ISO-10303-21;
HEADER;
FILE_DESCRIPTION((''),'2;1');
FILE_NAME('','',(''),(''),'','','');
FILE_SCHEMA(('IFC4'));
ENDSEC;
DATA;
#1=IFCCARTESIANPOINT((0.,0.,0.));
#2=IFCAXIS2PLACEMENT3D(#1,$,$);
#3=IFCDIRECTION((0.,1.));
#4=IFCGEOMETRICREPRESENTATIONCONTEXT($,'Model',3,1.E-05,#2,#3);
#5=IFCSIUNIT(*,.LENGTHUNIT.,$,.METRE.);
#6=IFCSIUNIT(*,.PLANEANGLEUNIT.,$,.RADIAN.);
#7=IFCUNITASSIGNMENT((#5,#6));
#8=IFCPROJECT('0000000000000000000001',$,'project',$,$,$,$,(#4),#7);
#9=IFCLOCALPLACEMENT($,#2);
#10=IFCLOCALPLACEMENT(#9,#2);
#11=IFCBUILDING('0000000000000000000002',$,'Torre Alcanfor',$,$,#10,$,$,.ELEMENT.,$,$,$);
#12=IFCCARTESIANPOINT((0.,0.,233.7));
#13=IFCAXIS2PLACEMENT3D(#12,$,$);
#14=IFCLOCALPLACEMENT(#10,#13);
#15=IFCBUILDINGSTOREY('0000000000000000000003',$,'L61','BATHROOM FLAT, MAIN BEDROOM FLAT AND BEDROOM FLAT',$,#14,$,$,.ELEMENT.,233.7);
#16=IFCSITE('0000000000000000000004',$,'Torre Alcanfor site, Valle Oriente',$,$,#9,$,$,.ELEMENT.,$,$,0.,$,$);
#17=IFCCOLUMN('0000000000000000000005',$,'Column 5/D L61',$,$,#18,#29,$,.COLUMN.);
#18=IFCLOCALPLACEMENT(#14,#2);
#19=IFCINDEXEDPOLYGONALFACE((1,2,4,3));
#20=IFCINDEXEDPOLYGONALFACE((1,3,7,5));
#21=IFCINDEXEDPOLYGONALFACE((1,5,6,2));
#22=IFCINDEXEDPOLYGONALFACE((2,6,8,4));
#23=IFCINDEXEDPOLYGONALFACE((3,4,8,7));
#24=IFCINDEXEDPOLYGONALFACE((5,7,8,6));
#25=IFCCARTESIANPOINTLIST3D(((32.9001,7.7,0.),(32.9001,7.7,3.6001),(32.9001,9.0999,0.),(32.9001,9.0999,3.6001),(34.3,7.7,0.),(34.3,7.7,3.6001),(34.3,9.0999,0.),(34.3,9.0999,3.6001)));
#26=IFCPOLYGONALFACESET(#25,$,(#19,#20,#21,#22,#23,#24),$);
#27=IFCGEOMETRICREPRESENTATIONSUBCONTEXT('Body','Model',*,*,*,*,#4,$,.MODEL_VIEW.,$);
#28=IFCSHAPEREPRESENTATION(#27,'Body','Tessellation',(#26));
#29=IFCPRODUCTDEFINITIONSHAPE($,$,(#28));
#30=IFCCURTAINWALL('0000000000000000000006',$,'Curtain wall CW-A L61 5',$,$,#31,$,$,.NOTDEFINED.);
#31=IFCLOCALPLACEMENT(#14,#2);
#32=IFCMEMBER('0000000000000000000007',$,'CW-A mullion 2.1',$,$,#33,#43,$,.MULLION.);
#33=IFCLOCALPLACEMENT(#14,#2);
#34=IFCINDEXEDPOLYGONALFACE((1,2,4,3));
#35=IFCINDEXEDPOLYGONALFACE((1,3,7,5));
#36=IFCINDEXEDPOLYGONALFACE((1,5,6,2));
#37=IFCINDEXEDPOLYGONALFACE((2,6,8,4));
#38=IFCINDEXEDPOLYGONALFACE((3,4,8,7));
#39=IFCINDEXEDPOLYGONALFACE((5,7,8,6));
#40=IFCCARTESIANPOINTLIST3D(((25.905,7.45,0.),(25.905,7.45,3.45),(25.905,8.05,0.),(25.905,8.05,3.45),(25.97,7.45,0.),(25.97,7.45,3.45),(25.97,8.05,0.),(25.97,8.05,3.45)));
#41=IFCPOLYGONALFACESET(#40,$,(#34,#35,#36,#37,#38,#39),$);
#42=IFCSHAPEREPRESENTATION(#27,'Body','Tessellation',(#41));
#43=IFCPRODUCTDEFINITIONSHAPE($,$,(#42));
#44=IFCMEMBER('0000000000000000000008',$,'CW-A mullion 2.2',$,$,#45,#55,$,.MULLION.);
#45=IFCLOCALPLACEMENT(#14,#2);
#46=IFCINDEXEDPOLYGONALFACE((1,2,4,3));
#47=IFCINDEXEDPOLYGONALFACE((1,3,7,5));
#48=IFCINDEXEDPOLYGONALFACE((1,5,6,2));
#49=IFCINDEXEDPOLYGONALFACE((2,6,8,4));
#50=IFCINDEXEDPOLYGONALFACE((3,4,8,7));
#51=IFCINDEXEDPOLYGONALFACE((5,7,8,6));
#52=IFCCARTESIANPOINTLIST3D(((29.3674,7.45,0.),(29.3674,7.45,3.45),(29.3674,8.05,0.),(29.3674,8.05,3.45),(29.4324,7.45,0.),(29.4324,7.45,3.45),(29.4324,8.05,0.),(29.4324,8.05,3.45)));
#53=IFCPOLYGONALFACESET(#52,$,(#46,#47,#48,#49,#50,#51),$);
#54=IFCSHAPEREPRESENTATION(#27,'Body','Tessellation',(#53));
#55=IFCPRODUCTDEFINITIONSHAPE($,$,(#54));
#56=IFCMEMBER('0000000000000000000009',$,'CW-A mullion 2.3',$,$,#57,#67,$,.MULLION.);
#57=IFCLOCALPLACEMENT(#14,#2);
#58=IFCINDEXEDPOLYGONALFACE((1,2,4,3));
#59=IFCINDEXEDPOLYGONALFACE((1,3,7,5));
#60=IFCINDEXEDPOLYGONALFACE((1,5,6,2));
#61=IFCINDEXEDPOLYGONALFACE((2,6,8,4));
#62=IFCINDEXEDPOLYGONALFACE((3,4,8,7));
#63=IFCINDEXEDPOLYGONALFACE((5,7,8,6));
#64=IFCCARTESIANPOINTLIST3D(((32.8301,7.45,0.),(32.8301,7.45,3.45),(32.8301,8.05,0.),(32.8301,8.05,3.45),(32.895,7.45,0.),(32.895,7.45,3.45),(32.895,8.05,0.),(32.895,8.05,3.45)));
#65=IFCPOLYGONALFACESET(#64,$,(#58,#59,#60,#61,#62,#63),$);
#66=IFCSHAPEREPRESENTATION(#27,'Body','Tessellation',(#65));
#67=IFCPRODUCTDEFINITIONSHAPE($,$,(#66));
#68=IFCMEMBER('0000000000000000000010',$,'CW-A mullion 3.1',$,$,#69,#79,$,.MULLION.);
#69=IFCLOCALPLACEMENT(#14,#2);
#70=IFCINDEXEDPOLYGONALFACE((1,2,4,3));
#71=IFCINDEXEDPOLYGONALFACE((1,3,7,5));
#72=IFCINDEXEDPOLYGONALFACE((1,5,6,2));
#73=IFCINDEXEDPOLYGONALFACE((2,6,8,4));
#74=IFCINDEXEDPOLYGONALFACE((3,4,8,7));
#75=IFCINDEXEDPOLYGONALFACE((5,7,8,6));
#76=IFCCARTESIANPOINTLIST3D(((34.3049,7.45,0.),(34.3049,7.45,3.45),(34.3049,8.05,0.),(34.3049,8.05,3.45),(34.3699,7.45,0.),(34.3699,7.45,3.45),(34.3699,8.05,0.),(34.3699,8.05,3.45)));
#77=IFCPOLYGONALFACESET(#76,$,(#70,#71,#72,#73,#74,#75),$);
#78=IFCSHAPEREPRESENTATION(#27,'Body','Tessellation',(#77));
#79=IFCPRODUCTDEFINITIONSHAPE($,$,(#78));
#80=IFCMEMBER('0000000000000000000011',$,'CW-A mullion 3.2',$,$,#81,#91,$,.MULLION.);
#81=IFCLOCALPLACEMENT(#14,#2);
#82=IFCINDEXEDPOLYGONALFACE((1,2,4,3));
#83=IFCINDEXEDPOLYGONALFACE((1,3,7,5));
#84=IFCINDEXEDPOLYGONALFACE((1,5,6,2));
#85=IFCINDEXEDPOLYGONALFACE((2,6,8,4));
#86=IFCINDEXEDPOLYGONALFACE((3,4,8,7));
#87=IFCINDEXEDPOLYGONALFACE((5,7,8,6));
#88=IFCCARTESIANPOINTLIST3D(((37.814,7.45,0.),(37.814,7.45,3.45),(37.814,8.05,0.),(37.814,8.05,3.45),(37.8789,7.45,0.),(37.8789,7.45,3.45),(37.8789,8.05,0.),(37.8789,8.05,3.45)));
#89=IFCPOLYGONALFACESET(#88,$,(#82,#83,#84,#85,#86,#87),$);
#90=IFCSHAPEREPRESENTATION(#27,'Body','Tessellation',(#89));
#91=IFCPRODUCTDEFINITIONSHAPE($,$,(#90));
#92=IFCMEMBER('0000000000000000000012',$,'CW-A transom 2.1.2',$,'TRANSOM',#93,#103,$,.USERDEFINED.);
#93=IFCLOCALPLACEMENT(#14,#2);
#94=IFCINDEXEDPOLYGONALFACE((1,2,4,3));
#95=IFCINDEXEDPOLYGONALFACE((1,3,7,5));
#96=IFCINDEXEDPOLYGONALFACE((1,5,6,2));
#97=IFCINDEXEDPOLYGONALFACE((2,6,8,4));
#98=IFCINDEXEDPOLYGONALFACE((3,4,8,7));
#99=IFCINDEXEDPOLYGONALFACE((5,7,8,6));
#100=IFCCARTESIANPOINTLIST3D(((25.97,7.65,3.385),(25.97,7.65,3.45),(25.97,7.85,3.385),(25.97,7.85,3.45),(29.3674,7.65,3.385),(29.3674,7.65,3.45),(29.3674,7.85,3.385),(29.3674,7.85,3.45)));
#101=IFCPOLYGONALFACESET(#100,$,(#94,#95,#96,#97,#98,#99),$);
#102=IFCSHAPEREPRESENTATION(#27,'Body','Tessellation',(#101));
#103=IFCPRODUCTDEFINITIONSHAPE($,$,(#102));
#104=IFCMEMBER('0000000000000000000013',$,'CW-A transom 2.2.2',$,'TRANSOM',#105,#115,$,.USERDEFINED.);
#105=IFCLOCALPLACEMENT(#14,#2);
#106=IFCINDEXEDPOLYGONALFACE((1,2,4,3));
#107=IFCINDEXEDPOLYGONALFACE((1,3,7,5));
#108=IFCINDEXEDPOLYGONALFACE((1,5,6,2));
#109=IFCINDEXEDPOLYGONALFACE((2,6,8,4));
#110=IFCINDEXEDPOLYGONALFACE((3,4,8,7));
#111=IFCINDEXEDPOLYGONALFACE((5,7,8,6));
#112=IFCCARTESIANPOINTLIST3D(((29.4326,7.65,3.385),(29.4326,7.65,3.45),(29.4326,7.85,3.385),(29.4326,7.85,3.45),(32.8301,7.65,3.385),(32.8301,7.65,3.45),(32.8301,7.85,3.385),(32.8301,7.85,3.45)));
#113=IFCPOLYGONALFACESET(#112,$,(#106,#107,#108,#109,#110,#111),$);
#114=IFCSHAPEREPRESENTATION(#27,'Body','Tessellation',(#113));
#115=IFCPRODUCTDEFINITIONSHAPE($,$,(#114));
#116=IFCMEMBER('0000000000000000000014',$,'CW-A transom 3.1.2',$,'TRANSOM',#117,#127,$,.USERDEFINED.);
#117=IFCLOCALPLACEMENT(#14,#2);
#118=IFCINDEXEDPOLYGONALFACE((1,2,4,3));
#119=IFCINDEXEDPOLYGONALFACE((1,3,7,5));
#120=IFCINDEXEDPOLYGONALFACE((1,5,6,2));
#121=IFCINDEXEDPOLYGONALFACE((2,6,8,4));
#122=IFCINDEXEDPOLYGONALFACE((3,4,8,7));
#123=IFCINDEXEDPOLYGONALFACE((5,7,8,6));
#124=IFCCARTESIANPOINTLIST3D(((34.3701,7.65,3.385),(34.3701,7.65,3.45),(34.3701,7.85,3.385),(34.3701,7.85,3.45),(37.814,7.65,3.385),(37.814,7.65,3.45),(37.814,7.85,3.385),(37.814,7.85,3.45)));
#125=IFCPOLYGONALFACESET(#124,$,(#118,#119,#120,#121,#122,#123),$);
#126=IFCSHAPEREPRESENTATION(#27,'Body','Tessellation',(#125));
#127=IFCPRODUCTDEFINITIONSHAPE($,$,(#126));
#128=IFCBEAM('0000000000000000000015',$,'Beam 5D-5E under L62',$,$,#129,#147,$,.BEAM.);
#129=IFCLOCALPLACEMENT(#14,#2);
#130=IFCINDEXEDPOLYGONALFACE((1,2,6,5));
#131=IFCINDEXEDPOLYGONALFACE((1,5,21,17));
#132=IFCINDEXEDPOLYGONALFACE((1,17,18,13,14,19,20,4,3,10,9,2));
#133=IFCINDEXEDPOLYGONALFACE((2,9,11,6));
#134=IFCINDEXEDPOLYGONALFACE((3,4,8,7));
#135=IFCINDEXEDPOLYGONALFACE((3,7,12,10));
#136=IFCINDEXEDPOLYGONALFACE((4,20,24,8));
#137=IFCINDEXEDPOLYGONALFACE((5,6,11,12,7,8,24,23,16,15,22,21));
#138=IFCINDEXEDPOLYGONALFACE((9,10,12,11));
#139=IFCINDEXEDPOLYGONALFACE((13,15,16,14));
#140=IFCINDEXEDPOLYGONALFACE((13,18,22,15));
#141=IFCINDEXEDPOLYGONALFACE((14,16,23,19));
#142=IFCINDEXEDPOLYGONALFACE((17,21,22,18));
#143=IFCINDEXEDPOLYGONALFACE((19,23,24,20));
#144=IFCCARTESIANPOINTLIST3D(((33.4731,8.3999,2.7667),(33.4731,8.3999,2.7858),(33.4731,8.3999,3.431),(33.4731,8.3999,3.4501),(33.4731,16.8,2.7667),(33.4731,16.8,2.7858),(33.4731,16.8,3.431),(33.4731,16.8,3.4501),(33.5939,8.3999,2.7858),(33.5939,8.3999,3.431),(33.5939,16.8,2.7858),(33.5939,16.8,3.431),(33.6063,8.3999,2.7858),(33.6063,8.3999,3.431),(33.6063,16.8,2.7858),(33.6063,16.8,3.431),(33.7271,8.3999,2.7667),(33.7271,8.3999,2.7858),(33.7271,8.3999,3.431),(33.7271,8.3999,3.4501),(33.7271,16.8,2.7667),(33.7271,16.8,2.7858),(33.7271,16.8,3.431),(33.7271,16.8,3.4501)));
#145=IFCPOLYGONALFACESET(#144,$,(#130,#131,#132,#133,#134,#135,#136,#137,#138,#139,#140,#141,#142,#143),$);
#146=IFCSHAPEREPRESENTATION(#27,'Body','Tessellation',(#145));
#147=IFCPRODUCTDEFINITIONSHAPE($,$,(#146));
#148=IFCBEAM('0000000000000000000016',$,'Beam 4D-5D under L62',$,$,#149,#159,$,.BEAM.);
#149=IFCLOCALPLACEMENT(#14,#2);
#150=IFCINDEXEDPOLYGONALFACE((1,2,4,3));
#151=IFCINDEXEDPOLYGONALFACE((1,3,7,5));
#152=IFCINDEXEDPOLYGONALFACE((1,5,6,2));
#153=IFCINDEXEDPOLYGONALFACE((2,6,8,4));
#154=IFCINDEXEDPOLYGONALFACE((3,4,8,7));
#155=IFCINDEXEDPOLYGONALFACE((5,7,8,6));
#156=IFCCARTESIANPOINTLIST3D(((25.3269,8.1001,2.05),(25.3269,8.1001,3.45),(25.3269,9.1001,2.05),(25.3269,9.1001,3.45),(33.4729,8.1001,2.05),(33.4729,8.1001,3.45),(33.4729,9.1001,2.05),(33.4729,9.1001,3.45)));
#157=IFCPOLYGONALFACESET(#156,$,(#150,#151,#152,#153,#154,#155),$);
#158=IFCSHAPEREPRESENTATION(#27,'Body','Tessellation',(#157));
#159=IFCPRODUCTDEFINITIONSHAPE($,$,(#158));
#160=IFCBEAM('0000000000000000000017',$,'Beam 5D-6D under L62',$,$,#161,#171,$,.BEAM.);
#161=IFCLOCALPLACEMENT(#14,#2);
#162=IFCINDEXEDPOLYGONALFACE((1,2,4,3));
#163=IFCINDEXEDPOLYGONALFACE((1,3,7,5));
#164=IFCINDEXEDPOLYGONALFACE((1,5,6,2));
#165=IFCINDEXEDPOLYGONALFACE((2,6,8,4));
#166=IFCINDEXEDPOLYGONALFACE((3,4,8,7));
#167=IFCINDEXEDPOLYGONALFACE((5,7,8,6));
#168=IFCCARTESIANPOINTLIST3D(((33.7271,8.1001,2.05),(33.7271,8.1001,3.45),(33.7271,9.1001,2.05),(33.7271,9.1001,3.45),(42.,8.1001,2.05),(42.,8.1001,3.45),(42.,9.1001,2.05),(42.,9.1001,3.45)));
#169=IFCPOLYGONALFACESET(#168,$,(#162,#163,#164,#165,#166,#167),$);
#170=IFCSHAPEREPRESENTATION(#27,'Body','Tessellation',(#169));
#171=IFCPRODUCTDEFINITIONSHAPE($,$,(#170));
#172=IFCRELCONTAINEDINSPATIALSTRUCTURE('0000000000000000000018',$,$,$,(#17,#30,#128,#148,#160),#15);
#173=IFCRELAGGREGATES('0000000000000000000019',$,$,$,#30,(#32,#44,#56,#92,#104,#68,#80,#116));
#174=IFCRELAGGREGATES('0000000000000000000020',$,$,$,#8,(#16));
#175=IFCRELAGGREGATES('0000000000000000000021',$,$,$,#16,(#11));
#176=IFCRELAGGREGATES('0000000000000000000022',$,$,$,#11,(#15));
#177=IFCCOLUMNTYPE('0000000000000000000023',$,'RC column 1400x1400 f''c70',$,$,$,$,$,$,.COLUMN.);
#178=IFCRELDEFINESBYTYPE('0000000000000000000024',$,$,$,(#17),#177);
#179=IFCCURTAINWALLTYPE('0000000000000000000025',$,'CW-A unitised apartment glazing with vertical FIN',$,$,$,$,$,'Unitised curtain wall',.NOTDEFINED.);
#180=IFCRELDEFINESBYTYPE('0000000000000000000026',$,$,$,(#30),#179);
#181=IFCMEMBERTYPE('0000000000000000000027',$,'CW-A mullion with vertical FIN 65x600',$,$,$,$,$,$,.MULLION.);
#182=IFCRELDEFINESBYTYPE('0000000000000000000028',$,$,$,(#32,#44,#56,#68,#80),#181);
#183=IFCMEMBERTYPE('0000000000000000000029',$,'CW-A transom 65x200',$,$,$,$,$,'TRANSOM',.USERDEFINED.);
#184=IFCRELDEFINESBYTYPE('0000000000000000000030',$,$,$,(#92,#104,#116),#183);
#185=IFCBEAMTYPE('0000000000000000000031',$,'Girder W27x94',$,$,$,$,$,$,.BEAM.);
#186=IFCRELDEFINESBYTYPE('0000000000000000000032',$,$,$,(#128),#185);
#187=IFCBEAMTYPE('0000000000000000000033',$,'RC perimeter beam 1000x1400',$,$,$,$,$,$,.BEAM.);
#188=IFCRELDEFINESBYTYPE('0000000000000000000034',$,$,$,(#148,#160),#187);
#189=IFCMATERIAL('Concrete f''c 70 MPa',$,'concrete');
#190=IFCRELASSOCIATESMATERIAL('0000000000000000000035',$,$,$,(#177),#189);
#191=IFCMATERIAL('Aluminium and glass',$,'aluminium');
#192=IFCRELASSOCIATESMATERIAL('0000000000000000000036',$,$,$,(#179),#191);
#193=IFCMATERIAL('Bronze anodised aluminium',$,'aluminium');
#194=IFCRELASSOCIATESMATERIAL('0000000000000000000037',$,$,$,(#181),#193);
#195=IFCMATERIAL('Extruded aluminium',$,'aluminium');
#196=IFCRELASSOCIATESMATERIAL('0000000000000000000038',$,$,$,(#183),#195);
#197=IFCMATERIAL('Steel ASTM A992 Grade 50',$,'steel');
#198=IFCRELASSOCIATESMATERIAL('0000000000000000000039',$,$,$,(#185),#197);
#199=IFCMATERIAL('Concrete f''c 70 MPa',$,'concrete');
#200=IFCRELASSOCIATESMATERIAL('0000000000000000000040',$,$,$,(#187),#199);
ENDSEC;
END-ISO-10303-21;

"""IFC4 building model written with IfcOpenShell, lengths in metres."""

from ifc_helpers import new_model, si_unit, direction, frame, origin, origin_2d, place, context, subcontext, project, spatial, rectangle, i_section, extrude, material, material_profile, profile_set, type_object, element, aggregate, save


model = new_model("IFC4")

# Units and contexts
model_context = context("Model", 3, precision=1e-05, world=origin(), true_north=direction((0.0, 1.0)))
body_context = subcontext(model_context, "Body", "Model", "MODEL_VIEW")
ifc_project = project(units=[si_unit("LENGTHUNIT", "METRE"), si_unit("PLANEANGLEUNIT", "RADIAN")], contexts=[model_context])

# Site, building, storey
site_placement = place(None, origin())
site = spatial("IfcSite", under=ifc_project, at=site_placement, Name="Torre Alcanfor site, Valle Oriente", CompositionType="ELEMENT", RefElevation=0.0)
building_placement = place(site_placement, origin())
building = spatial("IfcBuilding", under=site, at=building_placement, Name="Torre Alcanfor", CompositionType="ELEMENT")
storey_placement = place(building_placement, frame((0.0, 0.0, 233.7)))
storey = spatial("IfcBuildingStorey", under=building, at=storey_placement, Name="L61", Description="BATHROOM FLAT, MAIN BEDROOM FLAT AND BEDROOM FLAT", CompositionType="ELEMENT", Elevation=233.7)

# Column
ifc_material_1 = material(Name="Concrete f'c 70 MPa", Category="concrete")
ifc_material_profile_1 = material_profile(ifc_material_1, rectangle(XDim=1.3999, YDim=1.3999, at=origin_2d()), Name="1400x1400")
ifc_profile_set_1 = profile_set([ifc_material_profile_1], Name="Concrete f'c 70 MPa")
column_type = type_object("IfcColumnType", Name="RC column 1400x1400 f'c70", PredefinedType="COLUMN", material=ifc_profile_set_1)
column_placement = place(storey_placement, frame((33.6001, 8.3999, 0.0), z_axis=(0.0, 0.0, 1.0), x_axis=(1.0, 0.0, 0.0)))
element("IfcColumn", 1, at=column_placement, inside=storey, type_object=column_type, Name="Column 5/D L61", PredefinedType="COLUMN", context=body_context, shape_type="SweptSolid", body=[
    extrude(rectangle(XDim=1.3999, YDim=1.3999, at=origin_2d()), origin(), (0.0, 0.0, 1.0), 3.6001),
])

# Curtain wall, members
ifc_material_2 = material(Name="Aluminium and glass", Category="aluminium")
curtain_wall_type = type_object("IfcCurtainWallType", Name="CW-A unitised apartment glazing with vertical FIN", ElementType="Unitised curtain wall", PredefinedType="NOTDEFINED", material=ifc_material_2)
curtain_wall_placement = place(storey_placement, origin())
curtain_wall = element("IfcCurtainWall", 2, at=curtain_wall_placement, inside=storey, type_object=curtain_wall_type, Name="Curtain wall CW-A L61 5", PredefinedType="NOTDEFINED")
ifc_material_3 = material(Name="Bronze anodised aluminium", Category="aluminium")
ifc_material_profile_2 = material_profile(ifc_material_3, rectangle(XDim=0.6001, YDim=0.0649, at=origin_2d()), Name="CW-A mullion 65x600")
ifc_profile_set_2 = profile_set([ifc_material_profile_2], Name="Bronze anodised aluminium")
member_type_1 = type_object("IfcMemberType", Name="CW-A mullion with vertical FIN 65x600", PredefinedType="MULLION", material=ifc_profile_set_2)
member_1_placement = place(storey_placement, frame((25.9375, 7.75, 0.0), z_axis=(0.0, 0.0, 1.0), x_axis=(0.0, 1.0, 0.0)))
member_1 = element("IfcMember", 3, at=member_1_placement, type_object=member_type_1, Name="CW-A mullion 2.1", PredefinedType="MULLION", context=body_context, shape_type="SweptSolid", body=[
    extrude(rectangle(XDim=0.6001, YDim=0.0649, at=origin_2d()), origin(), (0.0, 0.0, 1.0), 3.45),
])
member_2_placement = place(storey_placement, frame((29.3999, 7.75, 0.0), z_axis=(0.0, 0.0, 1.0), x_axis=(0.0, 1.0, 0.0)))
member_2 = element("IfcMember", 4, at=member_2_placement, type_object=member_type_1, Name="CW-A mullion 2.2", PredefinedType="MULLION", context=body_context, shape_type="SweptSolid", body=[
    extrude(rectangle(XDim=0.6001, YDim=0.0649, at=origin_2d()), origin(), (0.0, 0.0, 1.0), 3.45),
])
member_3_placement = place(storey_placement, frame((32.8625, 7.75, 0.0), z_axis=(0.0, 0.0, 1.0), x_axis=(0.0, 1.0, 0.0)))
member_3 = element("IfcMember", 5, at=member_3_placement, type_object=member_type_1, Name="CW-A mullion 2.3", PredefinedType="MULLION", context=body_context, shape_type="SweptSolid", body=[
    extrude(rectangle(XDim=0.6001, YDim=0.0649, at=origin_2d()), origin(), (0.0, 0.0, 1.0), 3.45),
])
member_4_placement = place(storey_placement, frame((34.3374, 7.75, 0.0), z_axis=(0.0, 0.0, 1.0), x_axis=(0.0, 1.0, 0.0)))
member_4 = element("IfcMember", 6, at=member_4_placement, type_object=member_type_1, Name="CW-A mullion 3.1", PredefinedType="MULLION", context=body_context, shape_type="SweptSolid", body=[
    extrude(rectangle(XDim=0.6001, YDim=0.0649, at=origin_2d()), origin(), (0.0, 0.0, 1.0), 3.45),
])
member_5_placement = place(storey_placement, frame((37.8464, 7.75, 0.0), z_axis=(0.0, 0.0, 1.0), x_axis=(0.0, 1.0, 0.0)))
member_5 = element("IfcMember", 7, at=member_5_placement, type_object=member_type_1, Name="CW-A mullion 3.2", PredefinedType="MULLION", context=body_context, shape_type="SweptSolid", body=[
    extrude(rectangle(XDim=0.6001, YDim=0.0649, at=origin_2d()), origin(), (0.0, 0.0, 1.0), 3.45),
])
ifc_material_4 = material(Name="Extruded aluminium", Category="aluminium")
ifc_material_profile_3 = material_profile(ifc_material_4, rectangle(XDim=0.2, YDim=0.0649, at=origin_2d()), Name="CW-A transom 200x65")
ifc_profile_set_3 = profile_set([ifc_material_profile_3], Name="Extruded aluminium")
member_type_2 = type_object("IfcMemberType", Name="CW-A transom 65x200", ElementType="TRANSOM", PredefinedType="USERDEFINED", material=ifc_profile_set_3)
member_6_placement = place(storey_placement, frame((25.97, 7.75, 3.4175), z_axis=(1.0, 0.0, 0.0), x_axis=(0.0, 1.0, 0.0)))
member_6 = element("IfcMember", 8, at=member_6_placement, type_object=member_type_2, Name="CW-A transom 2.1.2", ObjectType="TRANSOM", PredefinedType="USERDEFINED", context=body_context, shape_type="SweptSolid", body=[
    extrude(rectangle(XDim=0.2, YDim=0.0649, at=origin_2d()), origin(), (0.0, 0.0, 1.0), 3.3975),
])
member_7_placement = place(storey_placement, frame((29.4326, 7.75, 3.4175), z_axis=(1.0, 0.0, 0.0), x_axis=(0.0, 1.0, 0.0)))
member_7 = element("IfcMember", 9, at=member_7_placement, type_object=member_type_2, Name="CW-A transom 2.2.2", ObjectType="TRANSOM", PredefinedType="USERDEFINED", context=body_context, shape_type="SweptSolid", body=[
    extrude(rectangle(XDim=0.2, YDim=0.0649, at=origin_2d()), origin(), (0.0, 0.0, 1.0), 3.3975),
])
member_8_placement = place(storey_placement, frame((34.3701, 7.75, 3.4175), z_axis=(1.0, 0.0, 0.0), x_axis=(0.0, 1.0, 0.0)))
member_8 = element("IfcMember", 10, at=member_8_placement, type_object=member_type_2, Name="CW-A transom 3.1.2", ObjectType="TRANSOM", PredefinedType="USERDEFINED", context=body_context, shape_type="SweptSolid", body=[
    extrude(rectangle(XDim=0.2, YDim=0.0649, at=origin_2d()), origin(), (0.0, 0.0, 1.0), 3.4438),
])

# Beams
ifc_material_5 = material(Name="Steel ASTM A992 Grade 50", Category="steel")
ifc_material_profile_4 = material_profile(ifc_material_5, i_section(OverallWidth=0.2539, OverallDepth=0.6833, WebThickness=0.0125, FlangeThickness=0.019, at=origin_2d()), Name="W27x94")
ifc_profile_set_4 = profile_set([ifc_material_profile_4], Name="Steel ASTM A992 Grade 50")
beam_type_1 = type_object("IfcBeamType", Name="Girder W27x94", PredefinedType="BEAM", material=ifc_profile_set_4)
beam_1_placement = place(storey_placement, frame((33.6001, 8.3999, 3.1084), z_axis=(0.0, 1.0, 0.0), x_axis=(-1.0, 0.0, 0.0)))
element("IfcBeam", 11, at=beam_1_placement, inside=storey, type_object=beam_type_1, Name="Beam 5D-5E under L62", PredefinedType="BEAM", context=body_context, shape_type="SweptSolid", body=[
    extrude(i_section(OverallWidth=0.2539, OverallDepth=0.6833, WebThickness=0.0125, FlangeThickness=0.019, at=origin_2d()), origin(), (0.0, 0.0, 1.0), 8.4001),
])
ifc_material_6 = material(Name="Concrete f'c 70 MPa", Category="concrete")
ifc_material_profile_5 = material_profile(ifc_material_6, rectangle(XDim=1.0, YDim=1.3999, at=origin_2d()), Name="1000x1400")
ifc_profile_set_5 = profile_set([ifc_material_profile_5], Name="Concrete f'c 70 MPa")
beam_type_2 = type_object("IfcBeamType", Name="RC perimeter beam 1000x1400", PredefinedType="BEAM", material=ifc_profile_set_5)
beam_2_placement = place(storey_placement, frame((25.3269, 8.6001, 2.75), z_axis=(1.0, 0.0, 0.0), x_axis=(0.0, 1.0, 0.0)))
element("IfcBeam", 12, at=beam_2_placement, inside=storey, type_object=beam_type_2, Name="Beam 4D-5D under L62", PredefinedType="BEAM", context=body_context, shape_type="SweptSolid", body=[
    extrude(rectangle(XDim=1.0, YDim=1.3999, at=origin_2d()), origin(), (0.0, 0.0, 1.0), 8.146),
])
beam_3_placement = place(storey_placement, frame((33.7271, 8.6001, 2.75), z_axis=(1.0, 0.0, 0.0), x_axis=(0.0, 1.0, 0.0)))
element("IfcBeam", 13, at=beam_3_placement, inside=storey, type_object=beam_type_2, Name="Beam 5D-6D under L62", PredefinedType="BEAM", context=body_context, shape_type="SweptSolid", body=[
    extrude(rectangle(XDim=1.0, YDim=1.3999, at=origin_2d()), origin(), (0.0, 0.0, 1.0), 8.2729),
])

aggregate(curtain_wall, [member_1, member_2, member_3, member_6, member_7, member_4, member_5, member_8])

save(model, "model.ifc")
